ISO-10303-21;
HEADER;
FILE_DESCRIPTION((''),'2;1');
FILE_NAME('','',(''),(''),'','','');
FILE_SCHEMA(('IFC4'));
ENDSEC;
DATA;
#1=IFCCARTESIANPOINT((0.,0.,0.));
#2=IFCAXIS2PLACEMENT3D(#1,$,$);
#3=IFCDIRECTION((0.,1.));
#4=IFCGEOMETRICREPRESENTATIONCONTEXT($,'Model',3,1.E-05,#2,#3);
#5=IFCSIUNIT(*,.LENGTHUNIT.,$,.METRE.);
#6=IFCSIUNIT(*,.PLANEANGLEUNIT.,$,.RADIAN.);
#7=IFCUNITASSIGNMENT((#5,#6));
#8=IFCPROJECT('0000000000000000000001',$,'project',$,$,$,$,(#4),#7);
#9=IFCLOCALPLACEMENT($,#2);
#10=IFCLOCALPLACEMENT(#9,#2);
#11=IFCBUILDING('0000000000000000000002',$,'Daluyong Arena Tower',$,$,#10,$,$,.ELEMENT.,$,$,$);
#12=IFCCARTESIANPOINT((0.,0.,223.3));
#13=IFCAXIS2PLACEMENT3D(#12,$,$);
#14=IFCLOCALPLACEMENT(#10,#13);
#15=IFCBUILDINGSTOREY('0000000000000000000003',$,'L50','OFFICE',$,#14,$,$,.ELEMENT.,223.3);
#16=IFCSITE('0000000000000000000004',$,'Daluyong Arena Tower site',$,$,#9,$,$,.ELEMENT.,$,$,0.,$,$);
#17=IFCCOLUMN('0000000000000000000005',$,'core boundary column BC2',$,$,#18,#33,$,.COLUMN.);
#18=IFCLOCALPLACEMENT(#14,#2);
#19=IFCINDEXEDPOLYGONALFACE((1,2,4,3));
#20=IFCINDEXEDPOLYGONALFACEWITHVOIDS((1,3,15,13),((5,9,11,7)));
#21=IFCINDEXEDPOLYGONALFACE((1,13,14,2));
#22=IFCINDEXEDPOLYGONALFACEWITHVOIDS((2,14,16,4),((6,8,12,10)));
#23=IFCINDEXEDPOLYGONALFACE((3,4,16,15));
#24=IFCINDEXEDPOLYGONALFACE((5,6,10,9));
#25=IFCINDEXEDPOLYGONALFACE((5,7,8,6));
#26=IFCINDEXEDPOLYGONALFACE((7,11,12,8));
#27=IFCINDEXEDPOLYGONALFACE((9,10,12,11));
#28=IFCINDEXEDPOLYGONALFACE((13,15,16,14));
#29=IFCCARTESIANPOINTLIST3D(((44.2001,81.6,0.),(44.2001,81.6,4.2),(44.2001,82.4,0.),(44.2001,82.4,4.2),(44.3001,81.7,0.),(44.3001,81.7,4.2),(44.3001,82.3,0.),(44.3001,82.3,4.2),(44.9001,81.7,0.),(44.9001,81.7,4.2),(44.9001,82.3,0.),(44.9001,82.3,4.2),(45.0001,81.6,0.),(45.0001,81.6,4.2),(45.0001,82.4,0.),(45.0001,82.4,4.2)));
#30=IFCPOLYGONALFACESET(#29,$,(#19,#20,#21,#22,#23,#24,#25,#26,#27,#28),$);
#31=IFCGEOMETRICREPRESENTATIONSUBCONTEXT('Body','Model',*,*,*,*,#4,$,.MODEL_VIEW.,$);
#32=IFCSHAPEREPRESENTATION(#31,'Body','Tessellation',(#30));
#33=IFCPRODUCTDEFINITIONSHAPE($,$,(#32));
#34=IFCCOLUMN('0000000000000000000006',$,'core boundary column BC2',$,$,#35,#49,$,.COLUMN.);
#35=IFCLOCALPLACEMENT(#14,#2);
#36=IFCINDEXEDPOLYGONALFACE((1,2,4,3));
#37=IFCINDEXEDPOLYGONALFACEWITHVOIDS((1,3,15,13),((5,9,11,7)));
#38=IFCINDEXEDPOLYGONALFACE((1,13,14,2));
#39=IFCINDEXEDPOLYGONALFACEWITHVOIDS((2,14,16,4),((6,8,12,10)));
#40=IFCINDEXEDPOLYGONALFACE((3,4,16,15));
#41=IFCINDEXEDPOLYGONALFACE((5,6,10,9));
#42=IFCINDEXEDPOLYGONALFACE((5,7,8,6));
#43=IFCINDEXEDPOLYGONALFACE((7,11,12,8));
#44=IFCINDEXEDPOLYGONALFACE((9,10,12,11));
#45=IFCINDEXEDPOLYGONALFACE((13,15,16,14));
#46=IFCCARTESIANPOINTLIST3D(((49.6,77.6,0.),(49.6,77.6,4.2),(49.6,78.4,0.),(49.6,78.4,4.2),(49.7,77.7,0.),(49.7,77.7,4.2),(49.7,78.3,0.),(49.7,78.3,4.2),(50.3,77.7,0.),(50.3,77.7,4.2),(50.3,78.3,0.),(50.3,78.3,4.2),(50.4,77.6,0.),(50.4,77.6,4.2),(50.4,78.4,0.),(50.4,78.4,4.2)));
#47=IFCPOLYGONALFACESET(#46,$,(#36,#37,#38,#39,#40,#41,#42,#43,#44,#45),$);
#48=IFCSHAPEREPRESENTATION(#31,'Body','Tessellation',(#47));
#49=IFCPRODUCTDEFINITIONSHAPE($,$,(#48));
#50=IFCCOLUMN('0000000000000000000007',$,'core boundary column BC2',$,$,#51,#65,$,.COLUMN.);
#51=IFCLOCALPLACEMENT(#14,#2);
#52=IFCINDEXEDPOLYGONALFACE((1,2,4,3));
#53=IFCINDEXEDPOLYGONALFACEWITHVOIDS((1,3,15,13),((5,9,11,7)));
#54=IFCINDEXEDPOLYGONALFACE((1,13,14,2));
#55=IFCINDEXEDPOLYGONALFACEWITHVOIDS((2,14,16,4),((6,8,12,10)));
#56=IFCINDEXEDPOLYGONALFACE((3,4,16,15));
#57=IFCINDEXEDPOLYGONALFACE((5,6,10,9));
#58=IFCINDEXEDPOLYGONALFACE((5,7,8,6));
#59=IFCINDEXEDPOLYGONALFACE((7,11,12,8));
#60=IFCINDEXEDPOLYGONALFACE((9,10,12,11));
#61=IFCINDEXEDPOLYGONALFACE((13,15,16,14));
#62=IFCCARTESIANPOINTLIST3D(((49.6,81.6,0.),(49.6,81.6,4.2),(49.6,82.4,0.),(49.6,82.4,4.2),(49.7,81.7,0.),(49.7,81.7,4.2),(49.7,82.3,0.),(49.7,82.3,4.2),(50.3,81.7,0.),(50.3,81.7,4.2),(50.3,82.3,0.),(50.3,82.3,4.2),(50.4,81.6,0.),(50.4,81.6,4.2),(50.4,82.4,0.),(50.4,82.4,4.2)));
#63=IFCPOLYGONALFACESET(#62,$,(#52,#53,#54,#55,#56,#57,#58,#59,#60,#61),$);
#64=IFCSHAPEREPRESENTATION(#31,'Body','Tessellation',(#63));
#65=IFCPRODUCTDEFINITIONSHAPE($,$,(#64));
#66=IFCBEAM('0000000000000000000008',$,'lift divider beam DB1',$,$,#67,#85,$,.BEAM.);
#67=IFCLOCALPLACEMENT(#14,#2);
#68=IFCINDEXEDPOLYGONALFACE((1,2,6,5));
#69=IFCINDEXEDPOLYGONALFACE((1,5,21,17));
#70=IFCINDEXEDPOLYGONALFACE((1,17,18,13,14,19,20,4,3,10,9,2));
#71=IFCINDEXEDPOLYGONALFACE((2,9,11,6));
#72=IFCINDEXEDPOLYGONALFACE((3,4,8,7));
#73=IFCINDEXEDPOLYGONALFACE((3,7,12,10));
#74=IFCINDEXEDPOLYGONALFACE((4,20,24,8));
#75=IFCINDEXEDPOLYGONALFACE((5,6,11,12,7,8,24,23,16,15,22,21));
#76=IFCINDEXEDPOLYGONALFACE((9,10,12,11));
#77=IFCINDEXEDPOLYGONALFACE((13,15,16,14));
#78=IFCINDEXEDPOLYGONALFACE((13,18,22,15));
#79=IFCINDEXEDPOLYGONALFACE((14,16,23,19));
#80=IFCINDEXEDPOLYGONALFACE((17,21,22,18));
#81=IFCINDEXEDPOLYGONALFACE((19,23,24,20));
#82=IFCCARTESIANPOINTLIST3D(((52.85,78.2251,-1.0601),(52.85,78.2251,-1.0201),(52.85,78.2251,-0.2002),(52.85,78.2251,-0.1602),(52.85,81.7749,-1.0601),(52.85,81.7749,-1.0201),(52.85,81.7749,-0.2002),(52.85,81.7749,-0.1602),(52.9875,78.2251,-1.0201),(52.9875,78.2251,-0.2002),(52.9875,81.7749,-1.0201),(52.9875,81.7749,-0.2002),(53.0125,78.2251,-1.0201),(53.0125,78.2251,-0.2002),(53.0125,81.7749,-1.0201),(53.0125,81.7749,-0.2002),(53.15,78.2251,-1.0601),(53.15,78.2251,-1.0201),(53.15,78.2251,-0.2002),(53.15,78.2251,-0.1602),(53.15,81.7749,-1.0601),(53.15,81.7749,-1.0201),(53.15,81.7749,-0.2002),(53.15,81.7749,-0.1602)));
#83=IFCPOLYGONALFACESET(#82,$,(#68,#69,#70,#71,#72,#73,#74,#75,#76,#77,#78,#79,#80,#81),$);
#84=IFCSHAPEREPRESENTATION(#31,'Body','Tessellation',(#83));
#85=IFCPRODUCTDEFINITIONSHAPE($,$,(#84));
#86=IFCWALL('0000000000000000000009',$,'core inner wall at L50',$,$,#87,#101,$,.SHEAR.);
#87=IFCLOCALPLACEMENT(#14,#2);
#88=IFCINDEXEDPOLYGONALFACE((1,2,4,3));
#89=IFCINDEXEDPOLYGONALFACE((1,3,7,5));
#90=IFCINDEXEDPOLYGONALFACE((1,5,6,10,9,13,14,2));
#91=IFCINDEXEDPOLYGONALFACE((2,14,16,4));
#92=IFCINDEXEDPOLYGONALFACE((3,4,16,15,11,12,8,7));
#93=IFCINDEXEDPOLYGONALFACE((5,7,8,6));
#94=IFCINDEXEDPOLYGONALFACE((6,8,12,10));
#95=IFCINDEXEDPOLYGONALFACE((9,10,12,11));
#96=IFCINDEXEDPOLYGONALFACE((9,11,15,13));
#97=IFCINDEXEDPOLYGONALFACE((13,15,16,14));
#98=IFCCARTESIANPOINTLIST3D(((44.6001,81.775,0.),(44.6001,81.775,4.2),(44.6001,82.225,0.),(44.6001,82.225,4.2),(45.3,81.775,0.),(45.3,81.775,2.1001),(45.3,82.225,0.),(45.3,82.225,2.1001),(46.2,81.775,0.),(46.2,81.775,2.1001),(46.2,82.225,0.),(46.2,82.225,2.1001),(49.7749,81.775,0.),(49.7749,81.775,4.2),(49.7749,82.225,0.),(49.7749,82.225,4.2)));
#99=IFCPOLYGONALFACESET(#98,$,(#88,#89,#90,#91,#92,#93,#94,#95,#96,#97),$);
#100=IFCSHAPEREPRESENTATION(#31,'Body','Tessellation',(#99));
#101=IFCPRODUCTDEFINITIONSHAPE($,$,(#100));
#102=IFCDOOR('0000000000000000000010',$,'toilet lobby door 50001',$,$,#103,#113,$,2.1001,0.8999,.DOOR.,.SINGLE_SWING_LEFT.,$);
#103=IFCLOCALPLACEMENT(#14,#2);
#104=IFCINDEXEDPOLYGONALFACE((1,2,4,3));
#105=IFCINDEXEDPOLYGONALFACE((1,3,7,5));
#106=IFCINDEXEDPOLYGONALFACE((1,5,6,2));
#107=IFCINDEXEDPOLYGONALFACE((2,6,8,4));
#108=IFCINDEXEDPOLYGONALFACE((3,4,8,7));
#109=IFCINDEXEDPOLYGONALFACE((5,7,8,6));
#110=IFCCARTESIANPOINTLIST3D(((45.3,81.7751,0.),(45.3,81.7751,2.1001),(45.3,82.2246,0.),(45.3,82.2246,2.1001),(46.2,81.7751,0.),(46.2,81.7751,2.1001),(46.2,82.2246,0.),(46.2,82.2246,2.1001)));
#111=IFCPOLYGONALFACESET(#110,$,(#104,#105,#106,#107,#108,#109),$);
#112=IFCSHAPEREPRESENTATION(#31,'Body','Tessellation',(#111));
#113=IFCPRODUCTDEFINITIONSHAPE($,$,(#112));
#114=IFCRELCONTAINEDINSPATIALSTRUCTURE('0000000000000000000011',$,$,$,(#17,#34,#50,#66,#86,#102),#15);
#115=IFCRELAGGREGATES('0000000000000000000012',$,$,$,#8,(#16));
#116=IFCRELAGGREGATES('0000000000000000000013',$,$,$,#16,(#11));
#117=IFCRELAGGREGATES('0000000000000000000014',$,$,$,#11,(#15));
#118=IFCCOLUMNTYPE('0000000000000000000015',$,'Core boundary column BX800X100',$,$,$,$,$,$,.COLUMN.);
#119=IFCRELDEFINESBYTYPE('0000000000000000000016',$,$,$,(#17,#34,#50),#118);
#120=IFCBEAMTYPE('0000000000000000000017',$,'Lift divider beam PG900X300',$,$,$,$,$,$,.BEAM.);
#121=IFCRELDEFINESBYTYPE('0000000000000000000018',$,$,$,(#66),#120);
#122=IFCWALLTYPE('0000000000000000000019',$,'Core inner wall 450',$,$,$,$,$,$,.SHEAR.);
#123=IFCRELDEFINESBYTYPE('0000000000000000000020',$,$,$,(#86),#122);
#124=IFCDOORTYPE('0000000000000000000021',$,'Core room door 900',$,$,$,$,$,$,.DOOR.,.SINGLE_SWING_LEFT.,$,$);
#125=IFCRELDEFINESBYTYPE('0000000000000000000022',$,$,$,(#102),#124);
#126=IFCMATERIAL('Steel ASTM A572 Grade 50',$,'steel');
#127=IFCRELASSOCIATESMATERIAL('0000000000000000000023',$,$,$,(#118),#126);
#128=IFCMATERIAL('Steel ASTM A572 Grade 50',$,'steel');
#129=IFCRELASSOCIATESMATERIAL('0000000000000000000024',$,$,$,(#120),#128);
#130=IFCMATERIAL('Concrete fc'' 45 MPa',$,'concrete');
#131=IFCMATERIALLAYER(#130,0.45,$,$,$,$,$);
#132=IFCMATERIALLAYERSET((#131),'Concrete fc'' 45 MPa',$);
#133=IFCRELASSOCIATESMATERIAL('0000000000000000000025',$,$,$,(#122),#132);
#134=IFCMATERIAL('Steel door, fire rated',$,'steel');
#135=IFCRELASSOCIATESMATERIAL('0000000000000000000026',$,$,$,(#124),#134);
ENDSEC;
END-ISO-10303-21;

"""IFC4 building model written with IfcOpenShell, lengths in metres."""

from ifc_helpers import new_model, si_unit, direction, frame, frame_2d, origin, origin_2d, place, context, subcontext, project, spatial, rectangle, hollow_rectangle, i_section, extrude, material, layer, layer_set, material_profile, profile_set, type_object, element, fill, save


model = new_model("IFC4")

# Units and contexts
model_context = context("Model", 3, precision=1e-05, world=origin(), true_north=direction((0.0, 1.0)))
body_context = subcontext(model_context, "Body", "Model", "MODEL_VIEW")
ifc_project = project(units=[si_unit("LENGTHUNIT", "METRE"), si_unit("PLANEANGLEUNIT", "RADIAN")], contexts=[model_context])

# Site, building, storey
site_placement = place(None, origin())
site = spatial("IfcSite", under=ifc_project, at=site_placement, Name="Daluyong Arena Tower site", CompositionType="ELEMENT", RefElevation=0.0)
building_placement = place(site_placement, origin())
building = spatial("IfcBuilding", under=site, at=building_placement, Name="Daluyong Arena Tower", CompositionType="ELEMENT")
storey_placement = place(building_placement, frame((0.0, 0.0, 223.3)))
storey = spatial("IfcBuildingStorey", under=building, at=storey_placement, Name="L50", Description="OFFICE", CompositionType="ELEMENT", Elevation=223.3)

# Columns
ifc_material_1 = material(Name="Steel ASTM A572 Grade 50", Category="steel")
ifc_material_profile_1 = material_profile(ifc_material_1, hollow_rectangle(XDim=0.8, YDim=0.8, WallThickness=0.1, at=origin_2d()))
ifc_profile_set_1 = profile_set([ifc_material_profile_1], Name="Steel ASTM A572 Grade 50")
column_type = type_object("IfcColumnType", Name="Core boundary column BX800X100", PredefinedType="COLUMN", material=ifc_profile_set_1)
for number, where, z_axis, x_axis, name in (
    (1, (44.6001, 82.0, 0.0), (0.0, 0.0, 1.0), (1.0, 0.0, 0.0), "core boundary column BC2"),
    (2, (50.0, 78.0, 0.0), (0.0, 0.0, 1.0), (1.0, 0.0, 0.0), "core boundary column BC2"),
    (3, (50.0, 82.0, 0.0), (0.0, 0.0, 1.0), (1.0, 0.0, 0.0), "core boundary column BC2"),
):
    element("IfcColumn", number, at=place(storey_placement, frame(where, z_axis=z_axis, x_axis=x_axis)), inside=storey, type_object=column_type, Name=name, PredefinedType="COLUMN", context=body_context, shape_type="SweptSolid", body=[
        extrude(hollow_rectangle(XDim=0.8, YDim=0.8, WallThickness=0.1, at=origin_2d()), origin(), (0.0, 0.0, 1.0), 4.2),
    ])

# Beam
ifc_material_2 = material(Name="Steel ASTM A572 Grade 50", Category="steel")
ifc_material_profile_2 = material_profile(ifc_material_2, i_section(OverallWidth=0.3, OverallDepth=0.8999, WebThickness=0.025, FlangeThickness=0.04, at=origin_2d()))
ifc_profile_set_2 = profile_set([ifc_material_profile_2], Name="Steel ASTM A572 Grade 50")
beam_type = type_object("IfcBeamType", Name="Lift divider beam PG900X300", PredefinedType="BEAM", material=ifc_profile_set_2)
beam_placement = place(storey_placement, frame((53.0, 78.2251, -0.6101), z_axis=(0.0, 1.0, 0.0), x_axis=(-1.0, 0.0, 0.0)))
element("IfcBeam", 4, at=beam_placement, inside=storey, type_object=beam_type, Name="lift divider beam DB1", PredefinedType="BEAM", context=body_context, shape_type="SweptSolid", body=[
    extrude(i_section(OverallWidth=0.3, OverallDepth=0.8999, WebThickness=0.025, FlangeThickness=0.04, at=origin_2d()), origin(), (0.0, 0.0, 1.0), 3.5498),
])

# Wall, opening, door
ifc_material_3 = material(Name="Concrete fc' 45 MPa", Category="concrete")
ifc_layer_1 = layer(ifc_material_3, 0.45)
ifc_layer_set_1 = layer_set([ifc_layer_1], Name="Concrete fc' 45 MPa")
wall_type_1 = type_object("IfcWallType", Name="Core inner wall 450", PredefinedType="SHEAR", material=ifc_layer_set_1)
wall_1_placement = place(storey_placement, frame((44.6001, 82.0, 0.0), z_axis=(0.0, 0.0, 1.0), x_axis=(1.0, 0.0, 0.0)))
wall_1 = element("IfcWall", 5, at=wall_1_placement, inside=storey, type_object=wall_type_1, Name="core inner wall at L50", PredefinedType="SHEAR", context=body_context, shape_type="SweptSolid", body=[
    extrude(rectangle(XDim=5.1748, YDim=0.45, at=frame_2d((2.5874, 0.0))), origin(), (0.0, 0.0, 1.0), 4.2),
])
opening_1_placement = place(wall_1_placement, frame((0.7, 0.0, 0.0)))
opening_1 = element("IfcOpeningElement", 6, at=opening_1_placement, cuts=wall_1, PredefinedType="OPENING", context=body_context, shape_type="SweptSolid", body=[
    extrude(rectangle(XDim=0.8999, YDim=2.1001, at=frame_2d((0.45, 1.05))), frame((0.0, 0.2349, 0.0), z_axis=(0.0, -1.0, 0.0), x_axis=(1.0, 0.0, 0.0)), (0.0, 0.0, 1.0), 0.47),
])
ifc_material_4 = material(Name="Steel door, fire rated", Category="steel")
door_type_1 = type_object("IfcDoorType", Name="Core room door 900", OperationType="SINGLE_SWING_LEFT", PredefinedType="DOOR", material=ifc_material_4)
door_1_placement = place(opening_1_placement, origin())
door_1 = element("IfcDoor", 7, at=door_1_placement, inside=storey, type_object=door_type_1, Name="toilet lobby door 50001", OperationType="SINGLE_SWING_LEFT", OverallHeight=2.1001, OverallWidth=0.8999, PredefinedType="DOOR", context=body_context, shape_type="SweptSolid", body=[
    extrude(rectangle(XDim=0.8999, YDim=2.1001, at=frame_2d((0.45, 1.05))), frame((0.0, 0.2246, 0.0), z_axis=(0.0, -1.0, 0.0), x_axis=(1.0, 0.0, 0.0)), (0.0, 0.0, 1.0), 0.4495),
])
fill(opening_1, door_1)

save(model, "model.ifc")
